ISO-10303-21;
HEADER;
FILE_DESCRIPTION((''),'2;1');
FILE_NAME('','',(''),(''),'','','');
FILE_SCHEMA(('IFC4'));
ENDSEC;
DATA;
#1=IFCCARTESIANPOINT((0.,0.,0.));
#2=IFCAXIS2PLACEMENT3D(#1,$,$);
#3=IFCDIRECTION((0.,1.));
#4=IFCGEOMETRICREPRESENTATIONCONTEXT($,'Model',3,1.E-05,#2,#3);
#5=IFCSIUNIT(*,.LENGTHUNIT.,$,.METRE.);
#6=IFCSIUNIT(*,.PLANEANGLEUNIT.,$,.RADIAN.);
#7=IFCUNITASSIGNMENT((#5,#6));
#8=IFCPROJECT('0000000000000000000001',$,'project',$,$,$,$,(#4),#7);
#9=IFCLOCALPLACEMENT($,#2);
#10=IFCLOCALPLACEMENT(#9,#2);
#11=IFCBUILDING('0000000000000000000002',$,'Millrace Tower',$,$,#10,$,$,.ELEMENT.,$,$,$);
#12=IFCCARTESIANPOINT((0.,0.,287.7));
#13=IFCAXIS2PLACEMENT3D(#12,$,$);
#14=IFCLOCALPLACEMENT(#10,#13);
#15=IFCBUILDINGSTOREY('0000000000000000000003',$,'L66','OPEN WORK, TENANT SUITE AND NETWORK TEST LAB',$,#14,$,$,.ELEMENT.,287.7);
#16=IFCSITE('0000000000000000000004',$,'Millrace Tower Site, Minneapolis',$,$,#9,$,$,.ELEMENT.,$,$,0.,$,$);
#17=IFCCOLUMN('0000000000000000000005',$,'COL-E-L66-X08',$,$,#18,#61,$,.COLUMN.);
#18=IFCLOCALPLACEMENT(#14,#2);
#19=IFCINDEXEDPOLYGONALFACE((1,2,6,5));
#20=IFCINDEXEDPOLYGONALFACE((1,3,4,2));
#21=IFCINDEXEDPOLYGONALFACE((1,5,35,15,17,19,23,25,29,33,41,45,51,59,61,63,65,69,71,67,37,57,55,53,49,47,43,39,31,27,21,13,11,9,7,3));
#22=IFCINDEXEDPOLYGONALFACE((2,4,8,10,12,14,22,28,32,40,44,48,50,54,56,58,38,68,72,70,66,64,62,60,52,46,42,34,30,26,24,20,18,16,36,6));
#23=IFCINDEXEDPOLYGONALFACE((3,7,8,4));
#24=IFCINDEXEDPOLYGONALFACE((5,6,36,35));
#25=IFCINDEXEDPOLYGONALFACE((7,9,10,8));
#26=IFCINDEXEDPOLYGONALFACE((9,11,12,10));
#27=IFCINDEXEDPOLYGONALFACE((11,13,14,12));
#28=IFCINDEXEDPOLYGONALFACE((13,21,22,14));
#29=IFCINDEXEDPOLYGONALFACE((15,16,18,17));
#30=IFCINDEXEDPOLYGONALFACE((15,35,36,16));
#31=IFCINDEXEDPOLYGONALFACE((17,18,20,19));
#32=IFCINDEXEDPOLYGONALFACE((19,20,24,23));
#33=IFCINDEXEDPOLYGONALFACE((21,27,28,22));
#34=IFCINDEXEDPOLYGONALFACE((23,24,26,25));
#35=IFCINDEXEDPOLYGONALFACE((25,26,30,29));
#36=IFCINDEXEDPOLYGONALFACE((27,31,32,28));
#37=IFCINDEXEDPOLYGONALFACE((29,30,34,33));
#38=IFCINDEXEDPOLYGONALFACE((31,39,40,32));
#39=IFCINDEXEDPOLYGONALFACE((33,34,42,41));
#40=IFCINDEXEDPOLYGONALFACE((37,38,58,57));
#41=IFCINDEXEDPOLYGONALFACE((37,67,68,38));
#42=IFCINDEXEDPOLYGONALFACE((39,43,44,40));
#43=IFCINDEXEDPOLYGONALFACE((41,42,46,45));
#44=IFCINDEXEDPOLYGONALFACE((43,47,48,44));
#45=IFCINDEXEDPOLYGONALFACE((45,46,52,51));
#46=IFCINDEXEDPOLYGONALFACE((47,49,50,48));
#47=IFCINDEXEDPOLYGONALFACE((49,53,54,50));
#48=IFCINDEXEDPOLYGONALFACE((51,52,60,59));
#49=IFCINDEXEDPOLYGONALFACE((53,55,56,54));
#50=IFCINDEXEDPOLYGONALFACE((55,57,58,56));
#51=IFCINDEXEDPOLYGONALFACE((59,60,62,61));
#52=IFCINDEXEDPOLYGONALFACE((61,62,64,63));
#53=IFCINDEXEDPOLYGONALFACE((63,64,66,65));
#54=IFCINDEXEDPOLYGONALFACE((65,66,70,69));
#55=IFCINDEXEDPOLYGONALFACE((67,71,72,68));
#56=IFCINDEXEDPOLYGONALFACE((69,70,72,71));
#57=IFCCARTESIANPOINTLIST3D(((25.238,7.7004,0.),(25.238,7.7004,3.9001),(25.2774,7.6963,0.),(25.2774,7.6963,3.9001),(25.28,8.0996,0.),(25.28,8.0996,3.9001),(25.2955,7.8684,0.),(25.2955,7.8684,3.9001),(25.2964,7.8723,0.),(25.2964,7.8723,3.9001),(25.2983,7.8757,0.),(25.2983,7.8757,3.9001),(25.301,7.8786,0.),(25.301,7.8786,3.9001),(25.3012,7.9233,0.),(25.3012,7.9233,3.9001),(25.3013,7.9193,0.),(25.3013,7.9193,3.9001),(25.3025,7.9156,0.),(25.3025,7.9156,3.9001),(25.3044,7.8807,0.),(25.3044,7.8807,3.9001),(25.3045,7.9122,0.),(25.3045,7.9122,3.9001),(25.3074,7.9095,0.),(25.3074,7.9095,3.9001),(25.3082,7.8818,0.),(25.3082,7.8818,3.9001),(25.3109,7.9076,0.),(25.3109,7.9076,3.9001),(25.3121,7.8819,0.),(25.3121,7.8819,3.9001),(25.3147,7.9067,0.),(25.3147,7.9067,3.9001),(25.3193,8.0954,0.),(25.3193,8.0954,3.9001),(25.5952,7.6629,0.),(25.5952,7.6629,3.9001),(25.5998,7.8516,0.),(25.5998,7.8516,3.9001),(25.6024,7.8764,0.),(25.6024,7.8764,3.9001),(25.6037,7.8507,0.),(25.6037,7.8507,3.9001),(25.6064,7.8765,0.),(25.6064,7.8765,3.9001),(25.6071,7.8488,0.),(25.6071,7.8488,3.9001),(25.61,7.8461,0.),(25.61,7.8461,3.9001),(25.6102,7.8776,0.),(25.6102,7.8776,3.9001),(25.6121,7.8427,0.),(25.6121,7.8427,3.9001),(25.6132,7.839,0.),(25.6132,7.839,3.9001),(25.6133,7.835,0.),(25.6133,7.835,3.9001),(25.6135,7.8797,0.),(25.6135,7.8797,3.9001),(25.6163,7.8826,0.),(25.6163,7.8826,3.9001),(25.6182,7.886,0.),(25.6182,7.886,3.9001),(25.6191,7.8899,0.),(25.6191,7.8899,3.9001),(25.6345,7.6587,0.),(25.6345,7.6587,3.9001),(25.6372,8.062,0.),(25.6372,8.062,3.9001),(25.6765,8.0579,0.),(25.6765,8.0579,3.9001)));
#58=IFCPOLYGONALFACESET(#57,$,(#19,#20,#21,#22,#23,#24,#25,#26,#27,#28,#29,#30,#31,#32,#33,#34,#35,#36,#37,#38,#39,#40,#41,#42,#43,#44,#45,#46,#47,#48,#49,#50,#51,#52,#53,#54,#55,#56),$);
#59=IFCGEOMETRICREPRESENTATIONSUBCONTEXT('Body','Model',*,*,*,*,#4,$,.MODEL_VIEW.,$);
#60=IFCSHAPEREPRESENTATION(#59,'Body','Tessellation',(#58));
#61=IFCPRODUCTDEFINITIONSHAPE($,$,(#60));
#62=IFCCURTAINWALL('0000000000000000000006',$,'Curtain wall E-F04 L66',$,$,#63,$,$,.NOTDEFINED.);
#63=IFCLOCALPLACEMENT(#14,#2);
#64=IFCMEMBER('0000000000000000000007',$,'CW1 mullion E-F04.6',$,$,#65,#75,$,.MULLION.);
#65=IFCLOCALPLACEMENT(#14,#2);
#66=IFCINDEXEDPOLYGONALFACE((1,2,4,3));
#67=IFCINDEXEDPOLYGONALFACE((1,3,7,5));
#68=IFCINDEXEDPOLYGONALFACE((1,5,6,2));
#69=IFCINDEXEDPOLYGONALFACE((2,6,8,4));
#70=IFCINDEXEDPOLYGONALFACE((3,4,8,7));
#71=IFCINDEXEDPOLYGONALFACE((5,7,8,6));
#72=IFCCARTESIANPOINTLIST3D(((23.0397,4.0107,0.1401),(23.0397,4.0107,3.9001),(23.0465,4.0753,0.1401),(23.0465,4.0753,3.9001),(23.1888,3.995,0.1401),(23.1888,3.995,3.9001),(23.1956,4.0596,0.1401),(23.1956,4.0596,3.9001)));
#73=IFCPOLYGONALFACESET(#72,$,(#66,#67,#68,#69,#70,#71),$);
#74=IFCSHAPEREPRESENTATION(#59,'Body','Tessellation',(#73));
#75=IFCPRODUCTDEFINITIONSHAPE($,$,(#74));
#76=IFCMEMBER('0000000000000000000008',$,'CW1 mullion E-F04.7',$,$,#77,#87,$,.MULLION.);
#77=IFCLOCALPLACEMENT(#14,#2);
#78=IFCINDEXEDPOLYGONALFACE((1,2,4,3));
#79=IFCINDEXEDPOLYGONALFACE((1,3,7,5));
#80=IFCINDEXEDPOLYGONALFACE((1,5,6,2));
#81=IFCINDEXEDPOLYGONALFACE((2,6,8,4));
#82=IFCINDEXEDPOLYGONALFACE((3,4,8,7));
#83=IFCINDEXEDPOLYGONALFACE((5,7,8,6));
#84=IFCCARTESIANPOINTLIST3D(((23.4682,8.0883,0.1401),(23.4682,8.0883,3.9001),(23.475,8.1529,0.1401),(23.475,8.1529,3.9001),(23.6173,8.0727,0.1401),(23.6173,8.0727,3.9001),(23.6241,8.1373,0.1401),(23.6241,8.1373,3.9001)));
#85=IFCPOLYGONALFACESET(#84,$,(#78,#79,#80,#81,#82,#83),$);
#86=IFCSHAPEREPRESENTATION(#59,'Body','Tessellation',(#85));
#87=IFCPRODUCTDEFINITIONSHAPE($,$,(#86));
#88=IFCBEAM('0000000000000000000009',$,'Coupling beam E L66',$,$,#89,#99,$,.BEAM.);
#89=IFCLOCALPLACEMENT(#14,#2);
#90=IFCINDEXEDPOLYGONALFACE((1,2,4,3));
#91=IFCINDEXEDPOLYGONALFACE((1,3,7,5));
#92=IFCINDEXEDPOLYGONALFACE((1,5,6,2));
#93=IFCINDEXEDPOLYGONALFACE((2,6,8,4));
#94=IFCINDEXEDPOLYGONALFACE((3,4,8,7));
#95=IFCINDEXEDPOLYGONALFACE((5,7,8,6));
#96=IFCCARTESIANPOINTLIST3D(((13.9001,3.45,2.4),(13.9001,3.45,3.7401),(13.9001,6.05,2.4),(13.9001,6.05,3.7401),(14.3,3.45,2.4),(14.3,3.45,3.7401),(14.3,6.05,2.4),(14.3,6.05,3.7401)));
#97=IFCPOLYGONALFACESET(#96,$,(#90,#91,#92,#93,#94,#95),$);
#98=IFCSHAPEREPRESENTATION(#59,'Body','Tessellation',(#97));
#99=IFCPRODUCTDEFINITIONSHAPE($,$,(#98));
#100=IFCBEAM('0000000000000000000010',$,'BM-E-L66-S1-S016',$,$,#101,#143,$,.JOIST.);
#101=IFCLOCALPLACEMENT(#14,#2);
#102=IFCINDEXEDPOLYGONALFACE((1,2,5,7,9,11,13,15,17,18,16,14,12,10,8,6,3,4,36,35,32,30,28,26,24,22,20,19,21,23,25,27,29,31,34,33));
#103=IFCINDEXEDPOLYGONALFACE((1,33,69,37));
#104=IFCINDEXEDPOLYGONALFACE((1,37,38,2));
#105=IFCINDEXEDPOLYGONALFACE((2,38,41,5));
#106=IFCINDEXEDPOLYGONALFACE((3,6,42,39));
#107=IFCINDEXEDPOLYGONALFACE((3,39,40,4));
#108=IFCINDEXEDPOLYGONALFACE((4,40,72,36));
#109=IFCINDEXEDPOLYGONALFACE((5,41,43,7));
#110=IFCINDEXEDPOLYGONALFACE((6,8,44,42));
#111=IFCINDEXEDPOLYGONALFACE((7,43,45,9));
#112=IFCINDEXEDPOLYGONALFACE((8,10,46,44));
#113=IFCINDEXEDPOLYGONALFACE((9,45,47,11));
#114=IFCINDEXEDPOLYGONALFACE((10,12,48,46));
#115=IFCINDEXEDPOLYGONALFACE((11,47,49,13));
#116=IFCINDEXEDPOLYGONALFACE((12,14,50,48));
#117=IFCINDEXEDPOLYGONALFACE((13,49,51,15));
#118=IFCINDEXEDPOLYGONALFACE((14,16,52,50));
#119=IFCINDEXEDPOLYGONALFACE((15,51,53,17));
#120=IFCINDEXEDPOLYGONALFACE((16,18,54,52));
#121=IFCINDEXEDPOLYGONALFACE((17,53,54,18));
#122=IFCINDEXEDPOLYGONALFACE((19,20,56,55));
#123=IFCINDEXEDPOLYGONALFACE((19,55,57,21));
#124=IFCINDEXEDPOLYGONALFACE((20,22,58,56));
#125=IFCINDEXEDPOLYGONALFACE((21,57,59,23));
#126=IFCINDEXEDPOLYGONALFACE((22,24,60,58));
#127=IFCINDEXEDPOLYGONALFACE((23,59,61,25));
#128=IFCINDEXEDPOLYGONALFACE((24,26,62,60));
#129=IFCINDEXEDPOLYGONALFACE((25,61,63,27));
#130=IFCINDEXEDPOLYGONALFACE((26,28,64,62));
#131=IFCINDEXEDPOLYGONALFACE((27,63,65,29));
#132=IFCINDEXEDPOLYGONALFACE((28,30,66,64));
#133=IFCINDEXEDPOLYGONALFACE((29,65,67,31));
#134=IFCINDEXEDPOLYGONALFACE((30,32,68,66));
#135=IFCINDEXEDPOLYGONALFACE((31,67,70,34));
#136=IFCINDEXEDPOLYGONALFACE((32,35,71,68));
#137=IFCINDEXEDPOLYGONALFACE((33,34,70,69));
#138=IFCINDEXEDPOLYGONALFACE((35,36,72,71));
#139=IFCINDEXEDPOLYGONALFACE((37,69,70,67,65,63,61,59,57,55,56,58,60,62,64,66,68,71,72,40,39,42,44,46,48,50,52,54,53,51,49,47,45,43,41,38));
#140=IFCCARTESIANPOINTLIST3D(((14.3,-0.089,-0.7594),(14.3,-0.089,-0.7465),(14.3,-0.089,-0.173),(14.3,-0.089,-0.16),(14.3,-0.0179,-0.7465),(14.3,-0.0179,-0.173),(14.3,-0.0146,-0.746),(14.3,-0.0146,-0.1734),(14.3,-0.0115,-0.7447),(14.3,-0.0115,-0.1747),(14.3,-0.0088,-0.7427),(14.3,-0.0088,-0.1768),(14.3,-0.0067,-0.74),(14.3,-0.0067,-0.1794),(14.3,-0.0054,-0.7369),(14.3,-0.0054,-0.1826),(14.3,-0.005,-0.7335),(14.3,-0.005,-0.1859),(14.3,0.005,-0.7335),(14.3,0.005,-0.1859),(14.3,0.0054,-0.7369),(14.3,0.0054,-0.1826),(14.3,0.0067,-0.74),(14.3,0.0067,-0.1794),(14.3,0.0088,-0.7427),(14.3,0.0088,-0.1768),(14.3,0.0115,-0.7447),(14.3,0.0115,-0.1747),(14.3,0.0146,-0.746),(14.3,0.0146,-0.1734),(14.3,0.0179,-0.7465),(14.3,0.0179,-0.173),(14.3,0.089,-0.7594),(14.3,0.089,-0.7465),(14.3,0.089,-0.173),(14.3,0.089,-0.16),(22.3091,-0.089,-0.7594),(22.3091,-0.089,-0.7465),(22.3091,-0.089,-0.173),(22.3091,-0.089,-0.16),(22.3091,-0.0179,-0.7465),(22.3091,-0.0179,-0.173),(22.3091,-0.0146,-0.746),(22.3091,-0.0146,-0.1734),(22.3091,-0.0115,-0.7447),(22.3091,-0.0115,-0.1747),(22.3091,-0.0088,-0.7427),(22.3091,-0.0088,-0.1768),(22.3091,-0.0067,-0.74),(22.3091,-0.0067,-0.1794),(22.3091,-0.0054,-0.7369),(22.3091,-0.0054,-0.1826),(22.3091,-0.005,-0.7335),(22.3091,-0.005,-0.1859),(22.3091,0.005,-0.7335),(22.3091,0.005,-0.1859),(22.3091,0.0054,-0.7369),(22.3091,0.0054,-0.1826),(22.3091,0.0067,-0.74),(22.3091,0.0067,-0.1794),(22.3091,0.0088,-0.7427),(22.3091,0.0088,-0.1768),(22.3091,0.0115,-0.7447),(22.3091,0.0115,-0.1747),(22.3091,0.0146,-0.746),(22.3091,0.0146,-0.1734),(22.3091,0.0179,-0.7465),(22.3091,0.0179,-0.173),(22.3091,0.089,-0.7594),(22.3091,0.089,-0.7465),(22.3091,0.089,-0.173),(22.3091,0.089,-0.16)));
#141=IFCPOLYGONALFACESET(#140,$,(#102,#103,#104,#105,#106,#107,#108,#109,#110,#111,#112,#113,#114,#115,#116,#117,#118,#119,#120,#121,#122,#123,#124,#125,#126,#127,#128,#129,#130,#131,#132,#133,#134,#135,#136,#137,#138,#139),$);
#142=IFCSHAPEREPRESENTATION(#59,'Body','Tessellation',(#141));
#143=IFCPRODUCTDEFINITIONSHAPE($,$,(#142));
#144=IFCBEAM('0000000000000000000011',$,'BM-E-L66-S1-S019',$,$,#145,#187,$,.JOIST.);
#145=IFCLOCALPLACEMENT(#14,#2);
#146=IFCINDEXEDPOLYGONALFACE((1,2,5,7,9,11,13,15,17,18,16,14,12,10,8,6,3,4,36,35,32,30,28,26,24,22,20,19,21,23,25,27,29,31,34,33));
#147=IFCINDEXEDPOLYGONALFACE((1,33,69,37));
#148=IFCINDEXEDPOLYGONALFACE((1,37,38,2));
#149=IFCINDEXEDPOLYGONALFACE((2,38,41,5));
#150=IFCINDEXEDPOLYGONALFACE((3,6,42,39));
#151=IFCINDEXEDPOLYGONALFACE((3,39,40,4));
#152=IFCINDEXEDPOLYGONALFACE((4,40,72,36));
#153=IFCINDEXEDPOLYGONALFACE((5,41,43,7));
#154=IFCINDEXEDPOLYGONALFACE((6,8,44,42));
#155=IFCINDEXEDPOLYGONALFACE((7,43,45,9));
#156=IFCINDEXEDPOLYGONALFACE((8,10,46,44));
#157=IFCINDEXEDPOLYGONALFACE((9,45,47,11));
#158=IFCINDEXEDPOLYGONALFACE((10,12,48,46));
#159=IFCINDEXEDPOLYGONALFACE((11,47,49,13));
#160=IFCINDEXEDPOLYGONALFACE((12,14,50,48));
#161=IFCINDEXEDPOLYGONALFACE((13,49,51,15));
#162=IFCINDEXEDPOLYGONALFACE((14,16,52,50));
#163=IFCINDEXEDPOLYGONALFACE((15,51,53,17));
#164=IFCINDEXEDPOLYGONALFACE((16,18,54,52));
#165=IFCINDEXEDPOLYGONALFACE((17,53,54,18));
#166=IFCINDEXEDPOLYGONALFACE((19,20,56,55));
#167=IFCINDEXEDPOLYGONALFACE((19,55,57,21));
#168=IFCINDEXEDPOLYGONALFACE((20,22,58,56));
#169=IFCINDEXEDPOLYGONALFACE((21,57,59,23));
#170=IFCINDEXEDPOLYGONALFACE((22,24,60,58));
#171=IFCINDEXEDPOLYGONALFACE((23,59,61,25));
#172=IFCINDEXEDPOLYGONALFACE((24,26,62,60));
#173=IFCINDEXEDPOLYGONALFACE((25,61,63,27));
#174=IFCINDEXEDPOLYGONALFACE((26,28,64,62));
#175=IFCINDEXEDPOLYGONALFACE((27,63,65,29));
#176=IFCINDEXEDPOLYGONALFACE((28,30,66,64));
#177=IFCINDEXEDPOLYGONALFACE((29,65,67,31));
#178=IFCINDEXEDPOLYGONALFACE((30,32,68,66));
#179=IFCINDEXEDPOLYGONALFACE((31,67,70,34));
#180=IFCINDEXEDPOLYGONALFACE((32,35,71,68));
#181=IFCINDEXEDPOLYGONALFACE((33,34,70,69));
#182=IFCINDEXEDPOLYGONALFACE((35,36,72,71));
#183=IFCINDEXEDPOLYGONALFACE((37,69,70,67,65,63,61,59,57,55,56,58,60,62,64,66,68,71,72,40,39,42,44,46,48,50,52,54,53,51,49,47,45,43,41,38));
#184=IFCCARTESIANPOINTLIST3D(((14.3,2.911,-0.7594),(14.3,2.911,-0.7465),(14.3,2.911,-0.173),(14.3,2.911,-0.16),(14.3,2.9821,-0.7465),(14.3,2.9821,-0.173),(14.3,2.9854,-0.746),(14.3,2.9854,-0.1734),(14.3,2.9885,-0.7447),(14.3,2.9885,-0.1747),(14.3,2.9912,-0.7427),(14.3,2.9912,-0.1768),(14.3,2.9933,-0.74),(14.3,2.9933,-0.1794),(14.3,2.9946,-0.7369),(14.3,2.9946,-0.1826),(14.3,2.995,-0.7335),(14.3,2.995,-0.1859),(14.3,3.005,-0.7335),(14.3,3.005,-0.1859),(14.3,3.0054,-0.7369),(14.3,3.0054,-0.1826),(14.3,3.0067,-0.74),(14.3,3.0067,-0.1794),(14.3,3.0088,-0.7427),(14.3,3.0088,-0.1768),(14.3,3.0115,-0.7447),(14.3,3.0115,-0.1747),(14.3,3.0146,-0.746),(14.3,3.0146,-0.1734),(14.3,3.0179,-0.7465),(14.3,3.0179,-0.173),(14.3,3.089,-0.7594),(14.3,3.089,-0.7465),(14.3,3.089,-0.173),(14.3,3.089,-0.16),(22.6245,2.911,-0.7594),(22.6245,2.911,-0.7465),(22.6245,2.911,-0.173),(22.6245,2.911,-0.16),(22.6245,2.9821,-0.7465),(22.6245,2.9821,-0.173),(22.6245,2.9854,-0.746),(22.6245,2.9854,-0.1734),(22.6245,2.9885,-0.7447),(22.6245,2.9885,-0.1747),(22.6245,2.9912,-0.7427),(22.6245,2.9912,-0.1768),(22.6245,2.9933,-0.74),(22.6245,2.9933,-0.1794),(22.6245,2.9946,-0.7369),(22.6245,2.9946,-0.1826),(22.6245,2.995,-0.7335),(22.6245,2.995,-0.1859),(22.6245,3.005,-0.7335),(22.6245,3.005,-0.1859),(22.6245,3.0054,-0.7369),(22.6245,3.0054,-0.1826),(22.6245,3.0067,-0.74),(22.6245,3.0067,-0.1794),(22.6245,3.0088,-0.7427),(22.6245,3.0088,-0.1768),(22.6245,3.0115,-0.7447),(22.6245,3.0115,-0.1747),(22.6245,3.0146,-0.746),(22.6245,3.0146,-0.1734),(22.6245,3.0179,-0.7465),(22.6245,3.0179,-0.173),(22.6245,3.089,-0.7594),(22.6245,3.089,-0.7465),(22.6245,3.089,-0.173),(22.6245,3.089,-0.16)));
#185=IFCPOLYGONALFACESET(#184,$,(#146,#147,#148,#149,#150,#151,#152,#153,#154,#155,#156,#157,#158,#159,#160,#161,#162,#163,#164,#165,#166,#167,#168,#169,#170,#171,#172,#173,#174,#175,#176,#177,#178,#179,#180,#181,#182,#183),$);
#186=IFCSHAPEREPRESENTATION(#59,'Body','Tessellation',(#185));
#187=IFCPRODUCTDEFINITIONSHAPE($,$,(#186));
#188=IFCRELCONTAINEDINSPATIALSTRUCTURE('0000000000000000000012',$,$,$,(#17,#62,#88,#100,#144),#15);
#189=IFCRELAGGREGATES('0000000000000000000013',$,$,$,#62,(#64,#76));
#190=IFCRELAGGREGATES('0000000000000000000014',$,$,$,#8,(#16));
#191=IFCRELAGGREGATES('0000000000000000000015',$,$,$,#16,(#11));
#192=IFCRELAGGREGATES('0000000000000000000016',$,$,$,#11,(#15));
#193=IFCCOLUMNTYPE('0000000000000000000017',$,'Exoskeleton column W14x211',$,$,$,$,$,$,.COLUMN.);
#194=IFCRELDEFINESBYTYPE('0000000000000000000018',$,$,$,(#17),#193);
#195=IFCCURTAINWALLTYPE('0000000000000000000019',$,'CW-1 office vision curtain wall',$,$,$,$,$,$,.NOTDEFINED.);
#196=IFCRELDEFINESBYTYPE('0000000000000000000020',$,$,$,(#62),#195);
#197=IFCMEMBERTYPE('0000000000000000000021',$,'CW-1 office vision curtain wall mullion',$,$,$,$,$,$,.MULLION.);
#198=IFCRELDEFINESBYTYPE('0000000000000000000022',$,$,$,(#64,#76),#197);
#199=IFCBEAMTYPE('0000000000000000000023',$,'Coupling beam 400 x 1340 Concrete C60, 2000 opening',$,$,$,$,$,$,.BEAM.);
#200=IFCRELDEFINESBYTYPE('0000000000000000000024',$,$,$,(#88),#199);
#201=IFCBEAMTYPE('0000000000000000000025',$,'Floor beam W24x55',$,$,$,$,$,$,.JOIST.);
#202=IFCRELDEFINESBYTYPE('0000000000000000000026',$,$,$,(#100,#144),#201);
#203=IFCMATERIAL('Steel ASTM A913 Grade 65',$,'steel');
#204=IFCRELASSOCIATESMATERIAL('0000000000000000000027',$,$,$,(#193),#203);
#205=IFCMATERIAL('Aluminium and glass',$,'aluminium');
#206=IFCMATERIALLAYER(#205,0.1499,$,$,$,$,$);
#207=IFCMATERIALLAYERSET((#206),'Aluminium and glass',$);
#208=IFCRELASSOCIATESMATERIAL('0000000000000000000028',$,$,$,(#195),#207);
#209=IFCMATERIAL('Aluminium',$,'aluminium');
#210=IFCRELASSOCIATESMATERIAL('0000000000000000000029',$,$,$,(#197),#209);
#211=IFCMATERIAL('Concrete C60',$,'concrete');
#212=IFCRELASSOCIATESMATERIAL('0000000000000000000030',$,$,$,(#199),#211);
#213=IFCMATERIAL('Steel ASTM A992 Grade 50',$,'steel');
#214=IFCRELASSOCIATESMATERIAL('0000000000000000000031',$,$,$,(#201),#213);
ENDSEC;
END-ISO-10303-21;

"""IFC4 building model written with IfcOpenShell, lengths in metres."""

from ifc_helpers import new_model, si_unit, direction, frame, origin, origin_2d, place, context, subcontext, project, spatial, rectangle, i_section, extrude, material, layer, layer_set, material_profile, profile_set, type_object, element, aggregate, save


model = new_model("IFC4")

# Units and contexts
model_context = context("Model", 3, precision=1e-05, world=origin(), true_north=direction((0.0, 1.0)))
body_context = subcontext(model_context, "Body", "Model", "MODEL_VIEW")
ifc_project = project(units=[si_unit("LENGTHUNIT", "METRE"), si_unit("PLANEANGLEUNIT", "RADIAN")], contexts=[model_context])

# Site, building, storey
site_placement = place(None, origin())
site = spatial("IfcSite", under=ifc_project, at=site_placement, Name="Millrace Tower Site, Minneapolis", CompositionType="ELEMENT", RefElevation=0.0)
building_placement = place(site_placement, origin())
building = spatial("IfcBuilding", under=site, at=building_placement, Name="Millrace Tower", CompositionType="ELEMENT")
storey_placement = place(building_placement, frame((0.0, 0.0, 287.7)))
storey = spatial("IfcBuildingStorey", under=building, at=storey_placement, Name="L66", Description="OPEN WORK, TENANT SUITE AND NETWORK TEST LAB", CompositionType="ELEMENT", Elevation=287.7)

# Column
ifc_material_1 = material(Name="Steel ASTM A913 Grade 65", Category="steel")
ifc_material_profile_1 = material_profile(ifc_material_1, i_section(OverallWidth=0.4014, OverallDepth=0.3987, WebThickness=0.0249, FlangeThickness=0.0396, FilletRadius=0.0151, at=origin_2d()))
ifc_profile_set_1 = profile_set([ifc_material_profile_1], Name="Steel ASTM A913 Grade 65")
column_type = type_object("IfcColumnType", Name="Exoskeleton column W14x211", PredefinedType="COLUMN", material=ifc_profile_set_1)
column_placement = place(storey_placement, frame((25.4573, 7.8792, 0.0), z_axis=(0.0, 0.0, 1.0), x_axis=(0.104528, 0.994522, 0.0)))
element("IfcColumn", 1, at=column_placement, inside=storey, type_object=column_type, Name="COL-E-L66-X08", PredefinedType="COLUMN", context=body_context, shape_type="SweptSolid", body=[
    extrude(i_section(OverallWidth=0.4014, OverallDepth=0.3987, WebThickness=0.0249, FlangeThickness=0.0396, FilletRadius=0.0151, at=origin_2d()), origin(), (0.0, 0.0, 1.0), 3.9001),
])

# Curtain wall, members
ifc_material_2 = material(Name="Aluminium and glass", Category="aluminium")
ifc_layer_1 = layer(ifc_material_2, 0.1499)
ifc_layer_set_1 = layer_set([ifc_layer_1], Name="Aluminium and glass")
curtain_wall_type = type_object("IfcCurtainWallType", Name="CW-1 office vision curtain wall", PredefinedType="NOTDEFINED", material=ifc_layer_set_1)
curtain_wall_placement = place(storey_placement, origin())
curtain_wall = element("IfcCurtainWall", 2, at=curtain_wall_placement, inside=storey, type_object=curtain_wall_type, Name="Curtain wall E-F04 L66", PredefinedType="NOTDEFINED")
ifc_material_3 = material(Name="Aluminium", Category="aluminium")
ifc_material_profile_2 = material_profile(ifc_material_3, rectangle(XDim=0.0649, YDim=0.1499, at=origin_2d()))
ifc_profile_set_2 = profile_set([ifc_material_profile_2], Name="Aluminium")
member_type = type_object("IfcMemberType", Name="CW-1 office vision curtain wall mullion", PredefinedType="MULLION", material=ifc_profile_set_2)
member_1_placement = place(storey_placement, frame((23.1177, 4.0352, 0.1401), z_axis=(0.0, 0.0, 1.0), x_axis=(0.104528, 0.994522, 0.0)))
member_1 = element("IfcMember", 3, at=member_1_placement, type_object=member_type, Name="CW1 mullion E-F04.6", PredefinedType="MULLION", context=body_context, shape_type="SweptSolid", body=[
    extrude(rectangle(XDim=0.0649, YDim=0.1499, at=origin_2d()), origin(), (0.0, 0.0, 1.0), 3.76),
])
member_2_placement = place(storey_placement, frame((23.5461, 8.1128, 0.1401), z_axis=(0.0, 0.0, 1.0), x_axis=(0.104528, 0.994522, 0.0)))
member_2 = element("IfcMember", 4, at=member_2_placement, type_object=member_type, Name="CW1 mullion E-F04.7", PredefinedType="MULLION", context=body_context, shape_type="SweptSolid", body=[
    extrude(rectangle(XDim=0.0649, YDim=0.1499, at=origin_2d()), origin(), (0.0, 0.0, 1.0), 3.76),
])
aggregate(curtain_wall, [member_1, member_2])

# Beams
ifc_material_4 = material(Name="Concrete C60", Category="concrete")
ifc_material_profile_3 = material_profile(ifc_material_4, rectangle(XDim=0.3999, YDim=1.3401, at=origin_2d()))
ifc_profile_set_3 = profile_set([ifc_material_profile_3], Name="Concrete C60")
beam_type_1 = type_object("IfcBeamType", Name="Coupling beam 400 x 1340 Concrete C60, 2000 opening", PredefinedType="BEAM", material=ifc_profile_set_3)
beam_1_placement = place(storey_placement, frame((14.1001, 6.05, 3.0701), z_axis=(0.0, -1.0, 0.0), x_axis=(1.0, 0.0, 0.0)))
element("IfcBeam", 5, at=beam_1_placement, inside=storey, type_object=beam_type_1, Name="Coupling beam E L66", PredefinedType="BEAM", context=body_context, shape_type="SweptSolid", body=[
    extrude(rectangle(XDim=0.3999, YDim=1.3401, at=origin_2d()), origin(), (0.0, 0.0, 1.0), 2.6001),
])
ifc_material_5 = material(Name="Steel ASTM A992 Grade 50", Category="steel")
ifc_material_profile_4 = material_profile(ifc_material_5, i_section(OverallWidth=0.178, OverallDepth=0.5994, WebThickness=0.01, FlangeThickness=0.0129, FilletRadius=0.0129, at=origin_2d()))
ifc_profile_set_4 = profile_set([ifc_material_profile_4], Name="Steel ASTM A992 Grade 50")
beam_type_2 = type_object("IfcBeamType", Name="Floor beam W24x55", PredefinedType="JOIST", material=ifc_profile_set_4)
beam_2_placement = place(storey_placement, frame((14.3, 0.0, -0.4597), z_axis=(1.0, 0.0, 0.0), x_axis=(0.0, 1.0, 0.0)))
element("IfcBeam", 6, at=beam_2_placement, inside=storey, type_object=beam_type_2, Name="BM-E-L66-S1-S016", PredefinedType="JOIST", context=body_context, shape_type="SweptSolid", body=[
    extrude(i_section(OverallWidth=0.178, OverallDepth=0.5994, WebThickness=0.01, FlangeThickness=0.0129, FilletRadius=0.0129, at=origin_2d()), origin(), (0.0, 0.0, 1.0), 8.009),
])
beam_3_placement = place(storey_placement, frame((14.3, 3.0, -0.4597), z_axis=(1.0, 0.0, 0.0), x_axis=(0.0, 1.0, 0.0)))
element("IfcBeam", 7, at=beam_3_placement, inside=storey, type_object=beam_type_2, Name="BM-E-L66-S1-S019", PredefinedType="JOIST", context=body_context, shape_type="SweptSolid", body=[
    extrude(i_section(OverallWidth=0.178, OverallDepth=0.5994, WebThickness=0.01, FlangeThickness=0.0129, FilletRadius=0.0129, at=origin_2d()), origin(), (0.0, 0.0, 1.0), 8.3245),
])

save(model, "model.ifc")
